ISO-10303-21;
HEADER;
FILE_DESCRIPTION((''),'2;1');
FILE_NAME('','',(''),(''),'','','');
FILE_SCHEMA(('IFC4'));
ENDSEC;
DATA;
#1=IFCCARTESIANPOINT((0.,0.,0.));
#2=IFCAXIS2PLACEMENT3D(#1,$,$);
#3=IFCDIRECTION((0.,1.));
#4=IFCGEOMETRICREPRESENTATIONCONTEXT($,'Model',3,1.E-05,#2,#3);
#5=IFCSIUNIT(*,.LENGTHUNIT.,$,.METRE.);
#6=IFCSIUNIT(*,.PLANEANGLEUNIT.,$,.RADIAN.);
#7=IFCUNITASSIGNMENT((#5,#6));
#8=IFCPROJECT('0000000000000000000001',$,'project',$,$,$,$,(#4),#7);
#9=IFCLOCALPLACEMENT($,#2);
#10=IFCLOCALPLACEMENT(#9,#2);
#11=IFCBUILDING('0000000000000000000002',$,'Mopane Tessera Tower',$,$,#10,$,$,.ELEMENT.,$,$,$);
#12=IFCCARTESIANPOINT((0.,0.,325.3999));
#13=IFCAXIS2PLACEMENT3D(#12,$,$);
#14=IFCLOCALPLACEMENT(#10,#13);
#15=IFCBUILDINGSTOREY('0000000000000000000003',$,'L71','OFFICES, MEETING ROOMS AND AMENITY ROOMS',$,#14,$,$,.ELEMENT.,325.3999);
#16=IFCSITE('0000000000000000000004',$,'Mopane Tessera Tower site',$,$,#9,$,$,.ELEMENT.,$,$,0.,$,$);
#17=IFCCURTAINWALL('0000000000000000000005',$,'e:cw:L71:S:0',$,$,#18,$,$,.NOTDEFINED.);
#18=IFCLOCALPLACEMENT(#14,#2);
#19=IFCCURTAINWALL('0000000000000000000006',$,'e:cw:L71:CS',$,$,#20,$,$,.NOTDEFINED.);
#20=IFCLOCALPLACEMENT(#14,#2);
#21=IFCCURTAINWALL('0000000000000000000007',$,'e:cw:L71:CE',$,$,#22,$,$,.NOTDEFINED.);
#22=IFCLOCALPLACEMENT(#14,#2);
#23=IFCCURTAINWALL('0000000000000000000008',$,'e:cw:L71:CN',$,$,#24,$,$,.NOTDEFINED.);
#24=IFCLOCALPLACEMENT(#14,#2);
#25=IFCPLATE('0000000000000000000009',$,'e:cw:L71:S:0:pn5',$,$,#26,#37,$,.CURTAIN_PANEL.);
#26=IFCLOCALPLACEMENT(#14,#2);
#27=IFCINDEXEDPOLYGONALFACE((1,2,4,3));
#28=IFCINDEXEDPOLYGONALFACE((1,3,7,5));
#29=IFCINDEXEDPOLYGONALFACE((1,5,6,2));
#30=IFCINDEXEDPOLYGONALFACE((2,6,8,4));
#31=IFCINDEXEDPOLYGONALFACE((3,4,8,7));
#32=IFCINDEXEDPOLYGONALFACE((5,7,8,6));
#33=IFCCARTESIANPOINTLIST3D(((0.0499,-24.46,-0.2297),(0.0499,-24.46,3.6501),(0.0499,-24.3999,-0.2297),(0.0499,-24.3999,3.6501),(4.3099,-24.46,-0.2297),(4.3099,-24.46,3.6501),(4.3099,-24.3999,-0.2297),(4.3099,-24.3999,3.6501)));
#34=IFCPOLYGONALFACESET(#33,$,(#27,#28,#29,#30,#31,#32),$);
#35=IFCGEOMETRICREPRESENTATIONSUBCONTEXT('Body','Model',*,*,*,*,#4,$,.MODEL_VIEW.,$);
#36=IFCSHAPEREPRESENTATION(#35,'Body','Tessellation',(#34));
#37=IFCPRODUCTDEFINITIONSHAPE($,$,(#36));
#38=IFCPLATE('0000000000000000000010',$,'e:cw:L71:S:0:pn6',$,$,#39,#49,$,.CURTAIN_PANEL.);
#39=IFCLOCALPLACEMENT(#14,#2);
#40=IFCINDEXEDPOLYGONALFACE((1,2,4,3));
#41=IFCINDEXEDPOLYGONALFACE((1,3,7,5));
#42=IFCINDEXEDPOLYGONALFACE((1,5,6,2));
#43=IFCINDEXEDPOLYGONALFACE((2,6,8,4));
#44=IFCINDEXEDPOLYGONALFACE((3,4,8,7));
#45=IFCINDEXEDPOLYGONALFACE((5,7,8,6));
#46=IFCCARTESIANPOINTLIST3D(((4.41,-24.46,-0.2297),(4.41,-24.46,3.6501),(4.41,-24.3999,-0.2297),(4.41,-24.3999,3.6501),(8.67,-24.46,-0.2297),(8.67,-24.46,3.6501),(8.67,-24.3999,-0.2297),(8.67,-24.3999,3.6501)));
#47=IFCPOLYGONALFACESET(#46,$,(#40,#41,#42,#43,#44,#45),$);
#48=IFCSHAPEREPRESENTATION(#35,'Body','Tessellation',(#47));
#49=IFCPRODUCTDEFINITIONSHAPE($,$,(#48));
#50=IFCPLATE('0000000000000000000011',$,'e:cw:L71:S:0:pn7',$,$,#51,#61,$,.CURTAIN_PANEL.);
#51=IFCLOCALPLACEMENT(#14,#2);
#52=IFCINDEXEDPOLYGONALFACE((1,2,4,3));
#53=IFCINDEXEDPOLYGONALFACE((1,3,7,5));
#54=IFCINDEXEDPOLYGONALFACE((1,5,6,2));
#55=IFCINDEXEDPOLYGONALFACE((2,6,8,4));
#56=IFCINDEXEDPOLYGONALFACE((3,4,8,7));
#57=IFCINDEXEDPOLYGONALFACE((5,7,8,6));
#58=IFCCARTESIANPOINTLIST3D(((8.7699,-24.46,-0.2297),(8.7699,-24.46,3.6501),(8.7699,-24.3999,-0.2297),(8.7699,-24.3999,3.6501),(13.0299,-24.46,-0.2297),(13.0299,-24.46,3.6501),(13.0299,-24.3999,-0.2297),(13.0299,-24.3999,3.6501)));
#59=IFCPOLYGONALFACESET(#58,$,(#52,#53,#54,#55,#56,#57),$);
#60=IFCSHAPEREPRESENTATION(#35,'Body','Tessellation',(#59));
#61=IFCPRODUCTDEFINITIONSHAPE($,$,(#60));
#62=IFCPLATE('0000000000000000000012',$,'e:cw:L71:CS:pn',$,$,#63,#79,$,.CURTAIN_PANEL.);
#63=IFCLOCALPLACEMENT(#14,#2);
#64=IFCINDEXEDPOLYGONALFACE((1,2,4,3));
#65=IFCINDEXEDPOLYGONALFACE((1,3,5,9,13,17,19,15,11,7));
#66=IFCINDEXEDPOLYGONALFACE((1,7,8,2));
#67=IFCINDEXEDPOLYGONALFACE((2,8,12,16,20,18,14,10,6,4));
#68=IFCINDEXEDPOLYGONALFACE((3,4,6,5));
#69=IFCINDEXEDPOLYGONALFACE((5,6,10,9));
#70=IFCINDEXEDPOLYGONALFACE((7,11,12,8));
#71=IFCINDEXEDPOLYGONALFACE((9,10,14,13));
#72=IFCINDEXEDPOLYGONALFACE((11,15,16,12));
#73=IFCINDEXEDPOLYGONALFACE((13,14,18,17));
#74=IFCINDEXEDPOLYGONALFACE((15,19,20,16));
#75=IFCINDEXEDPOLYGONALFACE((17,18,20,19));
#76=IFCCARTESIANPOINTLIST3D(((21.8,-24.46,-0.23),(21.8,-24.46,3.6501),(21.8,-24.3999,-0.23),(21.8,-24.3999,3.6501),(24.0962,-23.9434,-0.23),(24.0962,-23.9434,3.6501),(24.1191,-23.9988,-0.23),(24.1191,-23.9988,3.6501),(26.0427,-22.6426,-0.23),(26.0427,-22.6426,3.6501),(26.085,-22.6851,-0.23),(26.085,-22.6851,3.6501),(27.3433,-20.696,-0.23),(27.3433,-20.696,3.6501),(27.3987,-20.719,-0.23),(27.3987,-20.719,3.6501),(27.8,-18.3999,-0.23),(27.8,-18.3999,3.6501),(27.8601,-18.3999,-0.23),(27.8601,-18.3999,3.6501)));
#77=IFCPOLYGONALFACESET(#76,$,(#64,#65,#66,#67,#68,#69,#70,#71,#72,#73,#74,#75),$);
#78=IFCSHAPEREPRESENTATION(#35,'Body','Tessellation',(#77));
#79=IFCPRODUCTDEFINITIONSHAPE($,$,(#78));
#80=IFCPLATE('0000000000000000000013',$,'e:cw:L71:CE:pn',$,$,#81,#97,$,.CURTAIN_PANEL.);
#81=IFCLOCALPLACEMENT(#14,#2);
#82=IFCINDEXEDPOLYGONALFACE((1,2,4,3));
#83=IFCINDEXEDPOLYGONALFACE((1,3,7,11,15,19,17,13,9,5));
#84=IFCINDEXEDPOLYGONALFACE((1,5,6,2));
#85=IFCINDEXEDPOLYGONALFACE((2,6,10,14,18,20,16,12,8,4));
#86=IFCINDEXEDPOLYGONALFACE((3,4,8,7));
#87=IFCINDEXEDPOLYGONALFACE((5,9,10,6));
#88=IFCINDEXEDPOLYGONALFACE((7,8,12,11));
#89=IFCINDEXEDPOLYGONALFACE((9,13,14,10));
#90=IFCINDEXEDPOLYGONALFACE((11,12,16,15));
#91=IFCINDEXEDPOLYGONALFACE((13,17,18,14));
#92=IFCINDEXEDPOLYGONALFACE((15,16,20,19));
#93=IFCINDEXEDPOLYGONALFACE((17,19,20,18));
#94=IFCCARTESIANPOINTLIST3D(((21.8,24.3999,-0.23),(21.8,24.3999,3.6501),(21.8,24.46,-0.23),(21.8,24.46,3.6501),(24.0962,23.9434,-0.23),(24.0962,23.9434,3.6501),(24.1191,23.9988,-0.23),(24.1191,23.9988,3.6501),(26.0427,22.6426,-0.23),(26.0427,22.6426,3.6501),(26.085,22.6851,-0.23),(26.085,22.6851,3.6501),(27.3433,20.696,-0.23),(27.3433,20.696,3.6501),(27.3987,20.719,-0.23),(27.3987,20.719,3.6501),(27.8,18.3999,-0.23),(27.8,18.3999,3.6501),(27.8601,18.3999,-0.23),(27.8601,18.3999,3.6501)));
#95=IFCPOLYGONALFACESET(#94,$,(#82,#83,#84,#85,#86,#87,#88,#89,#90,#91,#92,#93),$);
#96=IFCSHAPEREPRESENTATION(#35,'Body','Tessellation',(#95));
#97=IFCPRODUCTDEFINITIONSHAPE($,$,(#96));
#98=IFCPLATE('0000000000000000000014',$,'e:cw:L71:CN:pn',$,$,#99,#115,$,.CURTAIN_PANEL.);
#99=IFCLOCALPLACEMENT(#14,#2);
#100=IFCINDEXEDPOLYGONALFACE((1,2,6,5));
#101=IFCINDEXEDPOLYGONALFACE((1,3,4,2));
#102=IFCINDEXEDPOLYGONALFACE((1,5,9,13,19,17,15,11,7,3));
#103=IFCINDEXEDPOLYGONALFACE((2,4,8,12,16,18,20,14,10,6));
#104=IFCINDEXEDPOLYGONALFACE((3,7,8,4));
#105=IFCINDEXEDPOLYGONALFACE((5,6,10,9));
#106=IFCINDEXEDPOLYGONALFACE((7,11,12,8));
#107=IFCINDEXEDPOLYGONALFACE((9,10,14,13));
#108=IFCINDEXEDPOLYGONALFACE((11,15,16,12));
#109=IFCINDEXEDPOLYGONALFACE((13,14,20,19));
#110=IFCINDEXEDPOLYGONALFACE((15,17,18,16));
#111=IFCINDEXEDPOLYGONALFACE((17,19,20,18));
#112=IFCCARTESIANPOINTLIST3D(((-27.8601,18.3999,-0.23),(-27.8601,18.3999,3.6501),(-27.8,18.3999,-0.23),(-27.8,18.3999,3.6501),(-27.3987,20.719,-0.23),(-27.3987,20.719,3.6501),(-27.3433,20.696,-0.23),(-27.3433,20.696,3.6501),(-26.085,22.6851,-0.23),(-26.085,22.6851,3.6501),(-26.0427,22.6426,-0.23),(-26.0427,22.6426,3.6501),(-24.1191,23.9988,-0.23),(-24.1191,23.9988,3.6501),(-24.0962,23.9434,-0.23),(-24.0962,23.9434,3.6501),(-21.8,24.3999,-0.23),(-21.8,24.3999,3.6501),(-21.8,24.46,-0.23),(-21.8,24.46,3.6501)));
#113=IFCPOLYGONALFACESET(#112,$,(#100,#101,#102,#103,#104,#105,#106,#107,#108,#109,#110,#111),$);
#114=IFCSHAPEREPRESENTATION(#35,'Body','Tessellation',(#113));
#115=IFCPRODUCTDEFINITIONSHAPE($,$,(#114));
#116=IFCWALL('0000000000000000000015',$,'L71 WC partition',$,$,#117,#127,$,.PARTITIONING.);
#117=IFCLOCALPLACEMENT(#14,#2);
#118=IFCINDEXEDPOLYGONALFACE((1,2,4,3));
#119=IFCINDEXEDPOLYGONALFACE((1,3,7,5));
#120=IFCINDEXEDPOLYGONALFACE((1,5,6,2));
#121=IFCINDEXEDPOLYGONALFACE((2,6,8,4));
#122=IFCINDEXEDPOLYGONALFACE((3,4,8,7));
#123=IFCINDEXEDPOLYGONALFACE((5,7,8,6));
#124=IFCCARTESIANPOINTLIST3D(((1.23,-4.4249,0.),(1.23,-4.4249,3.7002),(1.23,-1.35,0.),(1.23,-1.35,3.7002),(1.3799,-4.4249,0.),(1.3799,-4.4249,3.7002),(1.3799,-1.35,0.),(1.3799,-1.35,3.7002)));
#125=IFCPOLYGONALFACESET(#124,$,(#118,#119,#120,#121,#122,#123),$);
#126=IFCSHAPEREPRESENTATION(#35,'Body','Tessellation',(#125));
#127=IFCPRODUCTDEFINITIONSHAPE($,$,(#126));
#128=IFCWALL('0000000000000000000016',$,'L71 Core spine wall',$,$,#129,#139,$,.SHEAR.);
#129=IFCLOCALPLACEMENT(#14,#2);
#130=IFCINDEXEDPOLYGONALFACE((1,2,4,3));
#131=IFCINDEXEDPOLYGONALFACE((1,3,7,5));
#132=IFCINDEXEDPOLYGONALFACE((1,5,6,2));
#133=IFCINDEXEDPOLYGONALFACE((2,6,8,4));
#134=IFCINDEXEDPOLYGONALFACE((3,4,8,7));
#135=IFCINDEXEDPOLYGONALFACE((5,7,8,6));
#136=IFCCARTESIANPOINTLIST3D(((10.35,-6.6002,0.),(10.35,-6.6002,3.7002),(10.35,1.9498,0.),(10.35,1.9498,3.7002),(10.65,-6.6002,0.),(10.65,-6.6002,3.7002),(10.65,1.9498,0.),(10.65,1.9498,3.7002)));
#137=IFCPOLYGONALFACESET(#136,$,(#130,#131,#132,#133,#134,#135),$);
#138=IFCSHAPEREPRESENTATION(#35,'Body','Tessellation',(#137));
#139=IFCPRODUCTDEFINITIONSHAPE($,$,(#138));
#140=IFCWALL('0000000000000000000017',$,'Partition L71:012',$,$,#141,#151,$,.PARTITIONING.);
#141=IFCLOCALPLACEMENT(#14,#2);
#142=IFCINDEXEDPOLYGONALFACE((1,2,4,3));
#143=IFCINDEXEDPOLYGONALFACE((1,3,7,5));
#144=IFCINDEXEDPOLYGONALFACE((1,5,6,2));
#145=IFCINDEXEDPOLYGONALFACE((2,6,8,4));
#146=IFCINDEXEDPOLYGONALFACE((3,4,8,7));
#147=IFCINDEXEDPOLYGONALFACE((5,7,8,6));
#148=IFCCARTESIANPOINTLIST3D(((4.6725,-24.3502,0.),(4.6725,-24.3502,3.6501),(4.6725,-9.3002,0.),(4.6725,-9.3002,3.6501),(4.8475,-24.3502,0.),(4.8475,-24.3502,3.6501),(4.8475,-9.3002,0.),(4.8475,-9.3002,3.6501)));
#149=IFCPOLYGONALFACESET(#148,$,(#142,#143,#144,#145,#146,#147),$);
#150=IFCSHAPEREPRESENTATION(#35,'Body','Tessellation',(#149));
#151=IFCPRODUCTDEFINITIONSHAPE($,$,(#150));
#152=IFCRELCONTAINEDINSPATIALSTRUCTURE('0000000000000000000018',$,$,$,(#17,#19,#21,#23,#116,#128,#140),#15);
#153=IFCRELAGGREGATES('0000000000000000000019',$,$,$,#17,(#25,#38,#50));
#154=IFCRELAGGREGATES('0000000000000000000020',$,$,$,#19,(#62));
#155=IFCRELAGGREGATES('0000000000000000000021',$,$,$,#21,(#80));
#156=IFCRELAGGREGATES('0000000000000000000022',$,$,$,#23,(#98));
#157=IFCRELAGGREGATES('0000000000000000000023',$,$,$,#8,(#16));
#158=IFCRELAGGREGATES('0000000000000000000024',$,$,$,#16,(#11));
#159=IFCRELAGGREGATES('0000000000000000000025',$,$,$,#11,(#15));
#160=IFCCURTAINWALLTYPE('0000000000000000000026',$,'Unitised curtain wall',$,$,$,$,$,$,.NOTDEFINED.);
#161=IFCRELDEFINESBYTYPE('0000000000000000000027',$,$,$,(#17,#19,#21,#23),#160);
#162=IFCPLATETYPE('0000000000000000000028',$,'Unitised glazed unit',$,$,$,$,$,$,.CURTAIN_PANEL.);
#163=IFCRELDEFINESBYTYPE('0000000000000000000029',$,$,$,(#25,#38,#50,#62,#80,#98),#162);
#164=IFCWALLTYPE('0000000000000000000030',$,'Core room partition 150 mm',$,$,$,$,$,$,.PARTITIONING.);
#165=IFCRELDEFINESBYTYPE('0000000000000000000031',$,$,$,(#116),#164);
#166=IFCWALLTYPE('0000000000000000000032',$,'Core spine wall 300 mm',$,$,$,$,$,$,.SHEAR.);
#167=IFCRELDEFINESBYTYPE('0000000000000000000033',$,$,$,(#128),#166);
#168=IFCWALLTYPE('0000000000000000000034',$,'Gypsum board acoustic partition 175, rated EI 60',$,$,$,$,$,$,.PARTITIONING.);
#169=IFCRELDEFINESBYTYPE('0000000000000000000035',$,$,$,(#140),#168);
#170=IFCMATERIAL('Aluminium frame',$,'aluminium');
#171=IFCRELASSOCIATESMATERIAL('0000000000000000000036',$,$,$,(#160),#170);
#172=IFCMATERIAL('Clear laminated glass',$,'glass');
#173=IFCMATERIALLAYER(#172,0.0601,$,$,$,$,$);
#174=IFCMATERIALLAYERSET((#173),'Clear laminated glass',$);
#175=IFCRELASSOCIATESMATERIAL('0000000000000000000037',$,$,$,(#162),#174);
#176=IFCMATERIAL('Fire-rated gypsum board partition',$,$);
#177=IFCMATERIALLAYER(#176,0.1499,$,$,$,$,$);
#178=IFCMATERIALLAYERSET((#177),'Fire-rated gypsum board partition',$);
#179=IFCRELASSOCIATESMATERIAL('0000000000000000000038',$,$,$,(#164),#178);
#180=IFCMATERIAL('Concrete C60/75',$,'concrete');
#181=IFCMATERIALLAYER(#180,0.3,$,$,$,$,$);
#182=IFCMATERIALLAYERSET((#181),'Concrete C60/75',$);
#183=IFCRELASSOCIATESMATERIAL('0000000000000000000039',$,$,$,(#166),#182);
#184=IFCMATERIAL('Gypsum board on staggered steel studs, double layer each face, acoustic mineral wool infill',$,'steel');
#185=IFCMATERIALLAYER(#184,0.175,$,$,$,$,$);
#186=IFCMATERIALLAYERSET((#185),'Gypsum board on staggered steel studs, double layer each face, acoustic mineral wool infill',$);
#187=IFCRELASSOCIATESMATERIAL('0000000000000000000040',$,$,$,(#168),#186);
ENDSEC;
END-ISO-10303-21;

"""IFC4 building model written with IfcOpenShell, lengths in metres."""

from ifc_helpers import new_model, si_unit, direction, frame, frame_2d, origin, origin_2d, place, context, subcontext, project, spatial, polyline, rectangle, outline, extrude, material, layer, layer_set, type_object, element, aggregate, save


model = new_model("IFC4")

# Units and contexts
model_context = context("Model", 3, precision=1e-05, world=origin(), true_north=direction((0.0, 1.0)))
body_context = subcontext(model_context, "Body", "Model", "MODEL_VIEW")
ifc_project = project(units=[si_unit("LENGTHUNIT", "METRE"), si_unit("PLANEANGLEUNIT", "RADIAN")], contexts=[model_context])

# Site, building, storey
site_placement = place(None, origin())
site = spatial("IfcSite", under=ifc_project, at=site_placement, Name="Mopane Tessera Tower site", CompositionType="ELEMENT", RefElevation=0.0)
building_placement = place(site_placement, origin())
building = spatial("IfcBuilding", under=site, at=building_placement, Name="Mopane Tessera Tower", CompositionType="ELEMENT")
storey_placement = place(building_placement, frame((0.0, 0.0, 325.3999)))
storey = spatial("IfcBuildingStorey", under=building, at=storey_placement, Name="L71", Description="OFFICES, MEETING ROOMS AND AMENITY ROOMS", CompositionType="ELEMENT", Elevation=325.3999)

# Curtain wall
ifc_material_1 = material(Name="Aluminium frame", Category="aluminium")
curtain_wall_type = type_object("IfcCurtainWallType", Name="Unitised curtain wall", PredefinedType="NOTDEFINED", material=ifc_material_1)
curtain_wall_1_placement = place(storey_placement, origin())
curtain_wall_1 = element("IfcCurtainWall", 1, at=curtain_wall_1_placement, inside=storey, type_object=curtain_wall_type, Name="e:cw:L71:S:0", PredefinedType="NOTDEFINED")

# Curtain walls
curtain_wall_2_placement = place(storey_placement, origin())
curtain_wall_2 = element("IfcCurtainWall", 2, at=curtain_wall_2_placement, inside=storey, type_object=curtain_wall_type, Name="e:cw:L71:CS", PredefinedType="NOTDEFINED")
curtain_wall_3_placement = place(storey_placement, origin())
curtain_wall_3 = element("IfcCurtainWall", 3, at=curtain_wall_3_placement, inside=storey, type_object=curtain_wall_type, Name="e:cw:L71:CE", PredefinedType="NOTDEFINED")
curtain_wall_4_placement = place(storey_placement, origin())
curtain_wall_4 = element("IfcCurtainWall", 4, at=curtain_wall_4_placement, inside=storey, type_object=curtain_wall_type, Name="e:cw:L71:CN", PredefinedType="NOTDEFINED")

# Plates
ifc_material_2 = material(Name="Clear laminated glass", Category="glass")
ifc_layer_1 = layer(ifc_material_2, 0.0601)
ifc_layer_set_1 = layer_set([ifc_layer_1], Name="Clear laminated glass")
plate_type = type_object("IfcPlateType", Name="Unitised glazed unit", PredefinedType="CURTAIN_PANEL", material=ifc_layer_set_1)
plate_1_placement = place(storey_placement, frame((2.1799, -24.4299, -0.2297), z_axis=(0.0, 0.0, 1.0), x_axis=(1.0, 0.0, 0.0)))
plate_1 = element("IfcPlate", 5, at=plate_1_placement, type_object=plate_type, Name="e:cw:L71:S:0:pn5", PredefinedType="CURTAIN_PANEL", context=body_context, shape_type="SweptSolid", body=[
    extrude(rectangle(XDim=4.26, YDim=0.0601, at=origin_2d()), origin(), (0.0, 0.0, 1.0), 3.8799),
])
plate_2_placement = place(storey_placement, frame((6.54, -24.4299, -0.2297), z_axis=(0.0, 0.0, 1.0), x_axis=(1.0, 0.0, 0.0)))
plate_2 = element("IfcPlate", 6, at=plate_2_placement, type_object=plate_type, Name="e:cw:L71:S:0:pn6", PredefinedType="CURTAIN_PANEL", context=body_context, shape_type="SweptSolid", body=[
    extrude(rectangle(XDim=4.26, YDim=0.0601, at=origin_2d()), origin(), (0.0, 0.0, 1.0), 3.8799),
])
plate_3_placement = place(storey_placement, frame((10.8999, -24.4299, -0.2297), z_axis=(0.0, 0.0, 1.0), x_axis=(1.0, 0.0, 0.0)))
plate_3 = element("IfcPlate", 7, at=plate_3_placement, type_object=plate_type, Name="e:cw:L71:S:0:pn7", PredefinedType="CURTAIN_PANEL", context=body_context, shape_type="SweptSolid", body=[
    extrude(rectangle(XDim=4.26, YDim=0.0601, at=origin_2d()), origin(), (0.0, 0.0, 1.0), 3.8799),
])
aggregate(curtain_wall_1, [plate_1, plate_2, plate_3])
plate_4_placement = place(storey_placement, frame((0.0, 0.0, -0.23)))
plate_4 = element("IfcPlate", 8, at=plate_4_placement, type_object=plate_type, Name="e:cw:L71:CS:pn", PredefinedType="CURTAIN_PANEL", context=body_context, shape_type="SweptSolid", body=[
    extrude(outline(polyline([(21.8, -24.3999), (24.0962, -23.9434), (26.0427, -22.6426), (27.3433, -20.696), (27.8, -18.3999), (27.8601, -18.3999), (27.3987, -20.719), (26.085, -22.6851), (24.1191, -23.9988), (21.8, -24.46), (21.8, -24.3999)])), origin(), (0.0, 0.0, 1.0), 3.8801),
])
aggregate(curtain_wall_2, [plate_4])
plate_5_placement = place(storey_placement, frame((0.0, 0.0, -0.23)))
plate_5 = element("IfcPlate", 9, at=plate_5_placement, type_object=plate_type, Name="e:cw:L71:CE:pn", PredefinedType="CURTAIN_PANEL", context=body_context, shape_type="SweptSolid", body=[
    extrude(outline(polyline([(27.8, 18.3999), (27.3433, 20.696), (26.0427, 22.6426), (24.0962, 23.9434), (21.8, 24.3999), (21.8, 24.46), (24.1191, 23.9988), (26.085, 22.6851), (27.3987, 20.719), (27.8601, 18.3999), (27.8, 18.3999)])), origin(), (0.0, 0.0, 1.0), 3.8801),
])
aggregate(curtain_wall_3, [plate_5])
plate_6_placement = place(storey_placement, frame((0.0, 0.0, -0.23)))
plate_6 = element("IfcPlate", 10, at=plate_6_placement, type_object=plate_type, Name="e:cw:L71:CN:pn", PredefinedType="CURTAIN_PANEL", context=body_context, shape_type="SweptSolid", body=[
    extrude(outline(polyline([(-21.8, 24.3999), (-24.0962, 23.9434), (-26.0427, 22.6426), (-27.3433, 20.696), (-27.8, 18.3999), (-27.8601, 18.3999), (-27.3987, 20.719), (-26.085, 22.6851), (-24.1191, 23.9988), (-21.8, 24.46), (-21.8, 24.3999)])), origin(), (0.0, 0.0, 1.0), 3.8801),
])
aggregate(curtain_wall_4, [plate_6])

# Walls
ifc_material_3 = material(Name="Fire-rated gypsum board partition")
ifc_layer_2 = layer(ifc_material_3, 0.1499)
ifc_layer_set_2 = layer_set([ifc_layer_2], Name="Fire-rated gypsum board partition")
wall_type_1 = type_object("IfcWallType", Name="Core room partition 150 mm", PredefinedType="PARTITIONING", material=ifc_layer_set_2)
wall_1_placement = place(storey_placement, frame((1.3049, -4.425, 0.0), z_axis=(0.0, 0.0, 1.0), x_axis=(0.0, 1.0, 0.0)))
element("IfcWall", 11, at=wall_1_placement, inside=storey, type_object=wall_type_1, Name="L71 WC partition", PredefinedType="PARTITIONING", context=body_context, shape_type="SweptSolid", body=[
    extrude(rectangle(XDim=3.075, YDim=0.1499, at=frame_2d((1.5376, 0.0))), origin(), (0.0, 0.0, 1.0), 3.7002),
])
ifc_material_4 = material(Name="Concrete C60/75", Category="concrete")
ifc_layer_3 = layer(ifc_material_4, 0.3)
ifc_layer_set_3 = layer_set([ifc_layer_3], Name="Concrete C60/75")
wall_type_2 = type_object("IfcWallType", Name="Core spine wall 300 mm", PredefinedType="SHEAR", material=ifc_layer_set_3)
wall_2_placement = place(storey_placement, frame((10.5, -6.6001, 0.0), z_axis=(0.0, 0.0, 1.0), x_axis=(0.0, 1.0, 0.0)))
element("IfcWall", 12, at=wall_2_placement, inside=storey, type_object=wall_type_2, Name="L71 Core spine wall", PredefinedType="SHEAR", context=body_context, shape_type="SweptSolid", body=[
    extrude(rectangle(XDim=8.55, YDim=0.3, at=frame_2d((4.2749, 0.0))), origin(), (0.0, 0.0, 1.0), 3.7002),
])
ifc_material_5 = material(Name="Gypsum board on staggered steel studs, double layer each face, acoustic mineral wool infill", Category="steel")
ifc_layer_4 = layer(ifc_material_5, 0.175)
ifc_layer_set_4 = layer_set([ifc_layer_4], Name="Gypsum board on staggered steel studs, double layer each face, acoustic mineral wool infill")
wall_type_3 = type_object("IfcWallType", Name="Gypsum board acoustic partition 175, rated EI 60", PredefinedType="PARTITIONING", material=ifc_layer_set_4)
wall_3_placement = place(storey_placement, frame((4.76, -24.3501, 0.0), z_axis=(0.0, 0.0, 1.0), x_axis=(0.0, 1.0, 0.0)))
element("IfcWall", 13, at=wall_3_placement, inside=storey, type_object=wall_type_3, Name="Partition L71:012", PredefinedType="PARTITIONING", context=body_context, shape_type="SweptSolid", body=[
    extrude(rectangle(XDim=15.05, YDim=0.175, at=frame_2d((7.5249, 0.0))), origin(), (0.0, 0.0, 1.0), 3.6501),
])

save(model, "model.ifc")
